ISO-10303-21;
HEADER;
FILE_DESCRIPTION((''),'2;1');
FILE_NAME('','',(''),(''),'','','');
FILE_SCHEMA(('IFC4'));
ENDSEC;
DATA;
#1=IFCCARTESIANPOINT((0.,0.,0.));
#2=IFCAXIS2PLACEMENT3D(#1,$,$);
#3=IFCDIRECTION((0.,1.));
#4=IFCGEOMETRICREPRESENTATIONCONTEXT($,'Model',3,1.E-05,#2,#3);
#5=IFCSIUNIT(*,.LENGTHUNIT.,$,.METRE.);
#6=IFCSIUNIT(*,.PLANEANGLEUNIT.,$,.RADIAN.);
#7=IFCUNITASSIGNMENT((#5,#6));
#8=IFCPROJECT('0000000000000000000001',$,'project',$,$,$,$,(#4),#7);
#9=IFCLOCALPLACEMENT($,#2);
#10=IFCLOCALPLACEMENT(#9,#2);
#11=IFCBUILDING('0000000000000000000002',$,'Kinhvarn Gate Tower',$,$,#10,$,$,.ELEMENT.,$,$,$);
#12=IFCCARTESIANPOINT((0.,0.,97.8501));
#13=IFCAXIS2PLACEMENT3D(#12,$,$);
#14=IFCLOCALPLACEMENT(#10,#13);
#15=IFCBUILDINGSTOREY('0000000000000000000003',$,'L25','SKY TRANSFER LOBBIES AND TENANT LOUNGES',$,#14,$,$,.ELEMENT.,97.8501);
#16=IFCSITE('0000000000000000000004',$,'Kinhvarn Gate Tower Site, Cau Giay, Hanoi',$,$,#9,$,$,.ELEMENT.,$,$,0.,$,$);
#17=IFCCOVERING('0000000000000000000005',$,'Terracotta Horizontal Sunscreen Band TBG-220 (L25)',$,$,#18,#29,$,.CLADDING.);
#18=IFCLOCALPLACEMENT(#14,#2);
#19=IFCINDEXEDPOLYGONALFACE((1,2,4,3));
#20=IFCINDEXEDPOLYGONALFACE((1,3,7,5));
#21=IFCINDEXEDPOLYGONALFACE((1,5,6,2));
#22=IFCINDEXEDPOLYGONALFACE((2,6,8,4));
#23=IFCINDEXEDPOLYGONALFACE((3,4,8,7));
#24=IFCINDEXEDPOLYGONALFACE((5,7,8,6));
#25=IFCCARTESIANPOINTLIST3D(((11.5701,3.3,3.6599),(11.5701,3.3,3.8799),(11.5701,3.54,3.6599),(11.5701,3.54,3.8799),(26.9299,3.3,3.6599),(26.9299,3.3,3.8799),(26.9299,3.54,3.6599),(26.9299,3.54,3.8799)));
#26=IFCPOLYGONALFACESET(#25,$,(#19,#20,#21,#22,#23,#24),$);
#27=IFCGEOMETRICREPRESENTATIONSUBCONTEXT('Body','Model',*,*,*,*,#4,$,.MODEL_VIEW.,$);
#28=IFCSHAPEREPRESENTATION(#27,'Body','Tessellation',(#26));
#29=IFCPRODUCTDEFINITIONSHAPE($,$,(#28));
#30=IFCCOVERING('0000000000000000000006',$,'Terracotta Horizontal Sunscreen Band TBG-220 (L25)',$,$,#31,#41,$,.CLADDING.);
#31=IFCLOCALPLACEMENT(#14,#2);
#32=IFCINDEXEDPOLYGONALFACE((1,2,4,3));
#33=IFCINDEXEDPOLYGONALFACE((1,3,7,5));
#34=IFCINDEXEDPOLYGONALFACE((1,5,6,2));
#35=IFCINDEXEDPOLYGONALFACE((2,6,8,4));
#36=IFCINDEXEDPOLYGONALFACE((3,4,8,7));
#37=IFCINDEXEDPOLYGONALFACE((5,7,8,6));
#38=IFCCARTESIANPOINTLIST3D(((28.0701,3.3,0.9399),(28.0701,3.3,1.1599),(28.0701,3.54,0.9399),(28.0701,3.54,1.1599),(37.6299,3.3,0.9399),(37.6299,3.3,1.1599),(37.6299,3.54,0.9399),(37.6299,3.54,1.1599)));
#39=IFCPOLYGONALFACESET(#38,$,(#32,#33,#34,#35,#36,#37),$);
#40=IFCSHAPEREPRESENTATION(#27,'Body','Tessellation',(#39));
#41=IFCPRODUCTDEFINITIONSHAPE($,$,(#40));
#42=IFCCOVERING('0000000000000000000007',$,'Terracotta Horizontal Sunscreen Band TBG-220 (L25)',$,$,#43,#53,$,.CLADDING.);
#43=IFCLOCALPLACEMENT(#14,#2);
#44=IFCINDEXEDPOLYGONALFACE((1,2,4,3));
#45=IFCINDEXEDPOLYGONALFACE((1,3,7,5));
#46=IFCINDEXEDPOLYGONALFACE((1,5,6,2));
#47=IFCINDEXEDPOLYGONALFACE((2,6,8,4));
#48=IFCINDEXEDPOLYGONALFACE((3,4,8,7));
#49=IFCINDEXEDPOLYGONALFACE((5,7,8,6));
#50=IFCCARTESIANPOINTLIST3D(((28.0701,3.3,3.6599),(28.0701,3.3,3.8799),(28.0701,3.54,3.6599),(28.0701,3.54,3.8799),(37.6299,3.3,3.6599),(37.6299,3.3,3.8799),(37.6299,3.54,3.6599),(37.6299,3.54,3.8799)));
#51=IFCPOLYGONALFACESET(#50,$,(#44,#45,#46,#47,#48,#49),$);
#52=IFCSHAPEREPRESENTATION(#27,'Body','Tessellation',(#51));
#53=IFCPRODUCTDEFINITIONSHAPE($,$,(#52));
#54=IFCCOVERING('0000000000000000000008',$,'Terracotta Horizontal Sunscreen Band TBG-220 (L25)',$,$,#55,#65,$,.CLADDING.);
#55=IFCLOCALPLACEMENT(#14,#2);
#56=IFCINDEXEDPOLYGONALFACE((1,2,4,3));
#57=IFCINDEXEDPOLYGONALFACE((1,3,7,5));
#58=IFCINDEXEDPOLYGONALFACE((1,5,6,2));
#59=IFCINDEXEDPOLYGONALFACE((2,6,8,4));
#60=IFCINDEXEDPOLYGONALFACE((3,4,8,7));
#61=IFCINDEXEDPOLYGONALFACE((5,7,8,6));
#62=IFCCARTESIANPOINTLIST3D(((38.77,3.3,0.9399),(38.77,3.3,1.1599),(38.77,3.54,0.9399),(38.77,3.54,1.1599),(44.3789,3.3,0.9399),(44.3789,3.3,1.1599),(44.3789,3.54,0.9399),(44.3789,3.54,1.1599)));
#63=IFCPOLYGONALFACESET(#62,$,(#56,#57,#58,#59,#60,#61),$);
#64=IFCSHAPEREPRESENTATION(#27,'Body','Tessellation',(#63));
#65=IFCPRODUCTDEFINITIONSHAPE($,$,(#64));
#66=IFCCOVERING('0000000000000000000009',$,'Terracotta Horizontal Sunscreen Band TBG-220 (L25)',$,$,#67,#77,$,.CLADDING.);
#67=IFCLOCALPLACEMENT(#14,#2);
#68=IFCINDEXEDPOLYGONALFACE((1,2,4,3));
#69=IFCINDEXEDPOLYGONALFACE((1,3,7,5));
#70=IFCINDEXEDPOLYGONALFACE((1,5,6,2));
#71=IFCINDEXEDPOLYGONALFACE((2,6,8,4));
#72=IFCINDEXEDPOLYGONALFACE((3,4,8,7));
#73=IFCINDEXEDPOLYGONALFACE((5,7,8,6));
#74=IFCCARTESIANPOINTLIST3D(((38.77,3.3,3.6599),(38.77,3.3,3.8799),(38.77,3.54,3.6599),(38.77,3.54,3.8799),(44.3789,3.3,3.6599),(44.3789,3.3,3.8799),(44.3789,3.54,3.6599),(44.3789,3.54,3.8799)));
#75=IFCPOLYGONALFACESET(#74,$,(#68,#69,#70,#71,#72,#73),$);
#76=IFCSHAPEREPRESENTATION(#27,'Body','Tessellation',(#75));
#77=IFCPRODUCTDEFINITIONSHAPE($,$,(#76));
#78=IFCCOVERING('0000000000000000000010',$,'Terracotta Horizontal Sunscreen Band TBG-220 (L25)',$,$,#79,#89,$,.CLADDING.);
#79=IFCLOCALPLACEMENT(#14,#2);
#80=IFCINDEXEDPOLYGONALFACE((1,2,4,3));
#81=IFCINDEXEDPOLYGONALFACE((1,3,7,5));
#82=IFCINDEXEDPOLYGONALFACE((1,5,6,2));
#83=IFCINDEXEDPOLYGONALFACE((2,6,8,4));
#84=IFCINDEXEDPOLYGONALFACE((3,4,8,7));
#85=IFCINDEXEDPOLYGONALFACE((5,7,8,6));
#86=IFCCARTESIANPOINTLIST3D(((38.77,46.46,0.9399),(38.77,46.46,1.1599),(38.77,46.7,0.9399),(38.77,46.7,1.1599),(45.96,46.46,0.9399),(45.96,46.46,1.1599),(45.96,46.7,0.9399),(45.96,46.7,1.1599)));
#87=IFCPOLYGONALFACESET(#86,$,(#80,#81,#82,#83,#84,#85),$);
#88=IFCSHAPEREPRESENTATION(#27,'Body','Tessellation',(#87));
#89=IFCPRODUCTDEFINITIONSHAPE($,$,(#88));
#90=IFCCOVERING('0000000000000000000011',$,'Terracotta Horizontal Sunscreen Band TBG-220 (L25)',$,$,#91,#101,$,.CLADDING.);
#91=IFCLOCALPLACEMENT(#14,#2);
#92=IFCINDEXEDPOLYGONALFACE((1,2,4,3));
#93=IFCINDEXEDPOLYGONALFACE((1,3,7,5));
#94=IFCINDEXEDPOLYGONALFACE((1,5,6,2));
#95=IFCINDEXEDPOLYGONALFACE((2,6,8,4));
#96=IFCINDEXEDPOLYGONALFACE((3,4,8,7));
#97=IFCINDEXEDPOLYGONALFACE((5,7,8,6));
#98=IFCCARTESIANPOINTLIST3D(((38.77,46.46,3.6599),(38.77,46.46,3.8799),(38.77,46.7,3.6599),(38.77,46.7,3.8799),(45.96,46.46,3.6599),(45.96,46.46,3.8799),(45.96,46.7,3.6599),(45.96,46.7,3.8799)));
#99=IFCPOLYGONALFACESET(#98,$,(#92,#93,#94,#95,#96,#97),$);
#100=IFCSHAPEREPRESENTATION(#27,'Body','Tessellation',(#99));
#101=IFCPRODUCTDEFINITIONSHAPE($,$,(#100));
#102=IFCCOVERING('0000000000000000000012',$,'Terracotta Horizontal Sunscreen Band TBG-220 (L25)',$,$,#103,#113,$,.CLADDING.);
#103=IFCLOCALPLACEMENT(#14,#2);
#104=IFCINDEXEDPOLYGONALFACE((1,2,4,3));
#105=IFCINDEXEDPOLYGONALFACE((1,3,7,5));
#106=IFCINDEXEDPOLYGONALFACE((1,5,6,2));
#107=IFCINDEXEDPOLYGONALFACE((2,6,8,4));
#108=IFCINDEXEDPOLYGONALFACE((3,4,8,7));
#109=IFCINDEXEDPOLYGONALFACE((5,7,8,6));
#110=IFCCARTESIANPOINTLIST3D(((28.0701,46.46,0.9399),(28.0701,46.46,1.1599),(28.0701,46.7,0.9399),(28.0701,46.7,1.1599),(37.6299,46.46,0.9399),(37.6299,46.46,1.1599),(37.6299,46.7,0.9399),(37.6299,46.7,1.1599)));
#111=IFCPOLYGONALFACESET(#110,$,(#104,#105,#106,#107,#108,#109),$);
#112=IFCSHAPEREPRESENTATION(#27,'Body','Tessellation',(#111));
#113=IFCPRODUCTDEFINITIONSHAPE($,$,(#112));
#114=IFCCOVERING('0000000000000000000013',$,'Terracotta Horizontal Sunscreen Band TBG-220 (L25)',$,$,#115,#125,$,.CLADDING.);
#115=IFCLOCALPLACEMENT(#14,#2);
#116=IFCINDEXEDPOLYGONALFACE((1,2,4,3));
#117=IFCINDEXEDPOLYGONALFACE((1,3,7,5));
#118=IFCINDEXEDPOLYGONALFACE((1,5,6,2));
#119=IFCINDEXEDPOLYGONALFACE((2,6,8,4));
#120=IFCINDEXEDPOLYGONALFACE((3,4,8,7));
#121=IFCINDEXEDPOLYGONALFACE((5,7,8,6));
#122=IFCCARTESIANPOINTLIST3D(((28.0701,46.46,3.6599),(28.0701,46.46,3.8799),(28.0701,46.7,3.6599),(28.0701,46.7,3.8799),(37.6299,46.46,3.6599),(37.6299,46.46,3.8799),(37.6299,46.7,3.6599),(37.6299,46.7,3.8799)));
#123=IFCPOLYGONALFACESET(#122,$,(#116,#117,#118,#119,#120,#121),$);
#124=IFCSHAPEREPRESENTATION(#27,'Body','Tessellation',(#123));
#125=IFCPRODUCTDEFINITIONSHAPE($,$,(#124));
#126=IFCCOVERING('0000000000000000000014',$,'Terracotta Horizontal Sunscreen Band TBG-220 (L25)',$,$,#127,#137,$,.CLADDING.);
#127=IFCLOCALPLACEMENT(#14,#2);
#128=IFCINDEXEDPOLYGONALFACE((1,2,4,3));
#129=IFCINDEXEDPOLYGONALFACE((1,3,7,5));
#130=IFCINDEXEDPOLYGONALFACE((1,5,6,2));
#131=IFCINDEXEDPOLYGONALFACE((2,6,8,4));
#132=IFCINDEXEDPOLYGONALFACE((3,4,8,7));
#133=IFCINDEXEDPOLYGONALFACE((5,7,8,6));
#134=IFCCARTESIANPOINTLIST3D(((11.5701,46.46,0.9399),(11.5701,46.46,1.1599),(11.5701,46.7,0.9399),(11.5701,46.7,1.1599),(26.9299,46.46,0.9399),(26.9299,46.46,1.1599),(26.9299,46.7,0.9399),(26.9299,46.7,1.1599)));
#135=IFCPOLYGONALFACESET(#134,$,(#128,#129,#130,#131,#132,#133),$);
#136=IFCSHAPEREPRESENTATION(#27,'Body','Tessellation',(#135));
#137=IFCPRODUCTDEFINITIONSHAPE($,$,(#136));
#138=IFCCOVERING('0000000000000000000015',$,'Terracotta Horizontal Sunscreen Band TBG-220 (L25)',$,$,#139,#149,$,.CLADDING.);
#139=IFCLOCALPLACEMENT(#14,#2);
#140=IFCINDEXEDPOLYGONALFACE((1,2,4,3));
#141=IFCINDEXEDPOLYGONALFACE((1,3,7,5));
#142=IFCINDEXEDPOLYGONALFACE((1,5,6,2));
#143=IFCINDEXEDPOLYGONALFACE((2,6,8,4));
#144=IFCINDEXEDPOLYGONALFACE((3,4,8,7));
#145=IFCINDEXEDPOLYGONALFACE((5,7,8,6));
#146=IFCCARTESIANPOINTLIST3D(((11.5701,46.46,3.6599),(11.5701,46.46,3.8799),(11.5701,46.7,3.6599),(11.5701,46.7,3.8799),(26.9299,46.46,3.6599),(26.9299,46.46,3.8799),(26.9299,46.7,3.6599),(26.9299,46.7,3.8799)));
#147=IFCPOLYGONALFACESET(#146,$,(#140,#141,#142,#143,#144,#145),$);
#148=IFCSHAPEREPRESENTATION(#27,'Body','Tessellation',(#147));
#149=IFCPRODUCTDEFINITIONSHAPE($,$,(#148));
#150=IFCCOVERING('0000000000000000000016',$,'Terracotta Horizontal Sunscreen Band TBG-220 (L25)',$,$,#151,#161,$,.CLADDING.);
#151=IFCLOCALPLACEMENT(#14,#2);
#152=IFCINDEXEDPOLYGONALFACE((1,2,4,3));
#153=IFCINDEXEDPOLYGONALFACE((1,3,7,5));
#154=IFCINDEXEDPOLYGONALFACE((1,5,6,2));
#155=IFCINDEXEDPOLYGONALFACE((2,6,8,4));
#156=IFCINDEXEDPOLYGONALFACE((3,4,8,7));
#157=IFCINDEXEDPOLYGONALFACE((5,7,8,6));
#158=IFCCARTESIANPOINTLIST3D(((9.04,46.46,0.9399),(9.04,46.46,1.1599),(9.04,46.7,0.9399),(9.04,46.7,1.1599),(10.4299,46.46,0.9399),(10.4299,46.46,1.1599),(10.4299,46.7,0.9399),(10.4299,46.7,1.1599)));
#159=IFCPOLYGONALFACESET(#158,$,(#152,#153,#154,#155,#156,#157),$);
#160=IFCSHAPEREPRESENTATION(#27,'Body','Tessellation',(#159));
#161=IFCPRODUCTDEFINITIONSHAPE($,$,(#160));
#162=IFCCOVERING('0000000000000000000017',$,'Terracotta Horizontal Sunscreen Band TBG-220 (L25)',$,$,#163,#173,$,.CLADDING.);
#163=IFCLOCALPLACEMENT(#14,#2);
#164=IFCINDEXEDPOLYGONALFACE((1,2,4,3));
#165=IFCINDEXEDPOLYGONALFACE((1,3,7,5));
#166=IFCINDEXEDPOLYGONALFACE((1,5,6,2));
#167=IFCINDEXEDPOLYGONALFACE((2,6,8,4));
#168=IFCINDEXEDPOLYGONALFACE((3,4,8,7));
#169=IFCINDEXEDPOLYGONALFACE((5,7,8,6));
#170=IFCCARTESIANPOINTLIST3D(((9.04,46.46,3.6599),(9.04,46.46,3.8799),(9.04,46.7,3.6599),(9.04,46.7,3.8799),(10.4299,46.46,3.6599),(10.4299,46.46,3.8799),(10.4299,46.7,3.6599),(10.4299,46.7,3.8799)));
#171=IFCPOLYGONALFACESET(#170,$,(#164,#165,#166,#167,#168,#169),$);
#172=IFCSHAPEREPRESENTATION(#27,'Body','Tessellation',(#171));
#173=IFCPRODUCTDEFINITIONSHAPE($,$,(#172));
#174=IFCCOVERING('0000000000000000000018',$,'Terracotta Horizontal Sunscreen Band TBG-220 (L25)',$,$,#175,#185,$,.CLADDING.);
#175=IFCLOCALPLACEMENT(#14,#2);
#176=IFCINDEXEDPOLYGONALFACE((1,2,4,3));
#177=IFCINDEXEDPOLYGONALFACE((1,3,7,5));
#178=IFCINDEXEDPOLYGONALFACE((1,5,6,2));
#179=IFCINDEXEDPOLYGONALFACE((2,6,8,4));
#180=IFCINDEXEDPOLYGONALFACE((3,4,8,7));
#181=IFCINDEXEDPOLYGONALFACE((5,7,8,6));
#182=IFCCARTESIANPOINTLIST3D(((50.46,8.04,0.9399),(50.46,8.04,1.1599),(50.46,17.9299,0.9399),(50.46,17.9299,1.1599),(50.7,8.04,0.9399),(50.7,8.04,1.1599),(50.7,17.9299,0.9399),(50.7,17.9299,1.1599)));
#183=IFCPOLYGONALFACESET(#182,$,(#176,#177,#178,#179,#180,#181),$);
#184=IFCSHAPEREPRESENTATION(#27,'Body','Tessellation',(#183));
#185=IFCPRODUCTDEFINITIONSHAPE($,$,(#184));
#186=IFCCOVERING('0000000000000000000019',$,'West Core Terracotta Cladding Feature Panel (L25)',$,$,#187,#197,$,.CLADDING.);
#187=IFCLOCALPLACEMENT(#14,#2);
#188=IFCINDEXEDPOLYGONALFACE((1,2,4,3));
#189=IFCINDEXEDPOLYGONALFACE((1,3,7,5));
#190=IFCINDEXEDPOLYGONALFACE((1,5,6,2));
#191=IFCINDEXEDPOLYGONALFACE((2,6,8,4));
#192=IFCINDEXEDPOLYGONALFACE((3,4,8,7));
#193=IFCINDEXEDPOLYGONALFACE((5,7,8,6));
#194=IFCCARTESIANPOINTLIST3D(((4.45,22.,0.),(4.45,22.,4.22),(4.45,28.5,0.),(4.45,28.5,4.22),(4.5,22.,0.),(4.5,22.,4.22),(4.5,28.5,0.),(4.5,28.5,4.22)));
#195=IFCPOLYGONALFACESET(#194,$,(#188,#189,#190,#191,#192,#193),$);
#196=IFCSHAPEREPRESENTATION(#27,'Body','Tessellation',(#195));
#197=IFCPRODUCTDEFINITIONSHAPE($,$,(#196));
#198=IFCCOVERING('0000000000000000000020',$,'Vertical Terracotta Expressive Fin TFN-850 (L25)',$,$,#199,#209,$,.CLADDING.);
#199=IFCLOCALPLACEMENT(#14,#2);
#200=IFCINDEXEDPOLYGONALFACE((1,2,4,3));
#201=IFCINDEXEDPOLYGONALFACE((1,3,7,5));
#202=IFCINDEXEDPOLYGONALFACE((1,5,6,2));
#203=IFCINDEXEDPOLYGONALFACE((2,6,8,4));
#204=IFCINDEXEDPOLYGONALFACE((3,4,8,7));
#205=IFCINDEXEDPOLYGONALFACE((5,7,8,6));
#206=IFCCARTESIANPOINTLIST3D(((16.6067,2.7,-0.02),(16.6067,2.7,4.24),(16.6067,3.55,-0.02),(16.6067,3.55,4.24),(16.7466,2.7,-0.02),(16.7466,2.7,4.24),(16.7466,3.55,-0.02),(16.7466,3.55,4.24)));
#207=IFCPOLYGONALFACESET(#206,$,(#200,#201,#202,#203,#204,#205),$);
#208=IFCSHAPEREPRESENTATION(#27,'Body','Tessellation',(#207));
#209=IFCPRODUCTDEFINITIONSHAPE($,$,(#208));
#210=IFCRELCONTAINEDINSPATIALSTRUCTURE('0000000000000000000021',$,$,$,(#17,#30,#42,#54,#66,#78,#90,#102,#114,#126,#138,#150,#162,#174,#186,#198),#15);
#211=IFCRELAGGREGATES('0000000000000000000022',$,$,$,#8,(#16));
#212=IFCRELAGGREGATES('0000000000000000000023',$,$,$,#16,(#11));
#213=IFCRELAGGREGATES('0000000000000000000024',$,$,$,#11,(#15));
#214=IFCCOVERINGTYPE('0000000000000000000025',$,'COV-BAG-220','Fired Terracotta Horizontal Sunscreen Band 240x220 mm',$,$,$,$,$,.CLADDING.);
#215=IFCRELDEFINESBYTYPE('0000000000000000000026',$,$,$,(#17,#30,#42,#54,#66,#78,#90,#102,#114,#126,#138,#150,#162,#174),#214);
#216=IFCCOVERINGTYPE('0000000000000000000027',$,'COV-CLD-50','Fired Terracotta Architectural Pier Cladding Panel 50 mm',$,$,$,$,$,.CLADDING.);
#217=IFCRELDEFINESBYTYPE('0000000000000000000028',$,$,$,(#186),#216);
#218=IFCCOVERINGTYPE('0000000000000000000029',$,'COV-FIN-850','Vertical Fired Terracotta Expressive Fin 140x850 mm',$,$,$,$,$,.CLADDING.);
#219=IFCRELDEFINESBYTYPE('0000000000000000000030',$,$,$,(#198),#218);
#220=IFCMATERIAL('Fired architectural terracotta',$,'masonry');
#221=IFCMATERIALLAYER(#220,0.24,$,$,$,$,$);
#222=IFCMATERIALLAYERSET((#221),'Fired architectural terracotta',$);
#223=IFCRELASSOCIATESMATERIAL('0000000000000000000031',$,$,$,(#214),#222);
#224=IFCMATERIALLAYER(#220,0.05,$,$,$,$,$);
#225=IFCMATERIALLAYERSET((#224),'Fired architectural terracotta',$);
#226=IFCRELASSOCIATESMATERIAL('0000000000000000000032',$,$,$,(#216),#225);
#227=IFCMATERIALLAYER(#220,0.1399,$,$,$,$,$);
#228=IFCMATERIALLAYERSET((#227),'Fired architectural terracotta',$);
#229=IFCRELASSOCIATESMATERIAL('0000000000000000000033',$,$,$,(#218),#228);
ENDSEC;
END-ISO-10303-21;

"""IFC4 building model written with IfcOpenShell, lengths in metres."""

from ifc_helpers import new_model, si_unit, direction, frame, origin, place, context, subcontext, project, spatial, polyline, outline, extrude, material, layer, layer_set, type_object, element, save


model = new_model("IFC4")

# Units and contexts
model_context = context("Model", 3, precision=1e-05, world=origin(), true_north=direction((0.0, 1.0)))
body_context = subcontext(model_context, "Body", "Model", "MODEL_VIEW")
ifc_project = project(units=[si_unit("LENGTHUNIT", "METRE"), si_unit("PLANEANGLEUNIT", "RADIAN")], contexts=[model_context])

# Site, building, storey
site_placement = place(None, origin())
site = spatial("IfcSite", under=ifc_project, at=site_placement, Name="Kinhvarn Gate Tower Site, Cau Giay, Hanoi", CompositionType="ELEMENT", RefElevation=0.0)
building_placement = place(site_placement, origin())
building = spatial("IfcBuilding", under=site, at=building_placement, Name="Kinhvarn Gate Tower", CompositionType="ELEMENT")
storey_placement = place(building_placement, frame((0.0, 0.0, 97.8501)))
storey = spatial("IfcBuildingStorey", under=building, at=storey_placement, Name="L25", Description="SKY TRANSFER LOBBIES AND TENANT LOUNGES", CompositionType="ELEMENT", Elevation=97.8501)

# Coverings
ifc_material_1 = material(Name="Fired architectural terracotta", Category="masonry")
ifc_layer_1 = layer(ifc_material_1, 0.24)
ifc_layer_set_1 = layer_set([ifc_layer_1], Name="Fired architectural terracotta")
covering_type_1 = type_object("IfcCoveringType", Name="COV-BAG-220", Description="Fired Terracotta Horizontal Sunscreen Band 240x220 mm", PredefinedType="CLADDING", material=ifc_layer_set_1)
for number, where, name in (
    (1, (0.0, 0.0, 3.6599), "Terracotta Horizontal Sunscreen Band TBG-220 (L25)"),
):
    element("IfcCovering", number, at=place(storey_placement, frame(where)), inside=storey, type_object=covering_type_1, Name=name, PredefinedType="CLADDING", context=body_context, shape_type="SweptSolid", body=[
        extrude(outline(polyline([(11.5701, 3.54), (26.9299, 3.54), (26.9299, 3.3), (11.5701, 3.3), (11.5701, 3.54)])), origin(), (0.0, 0.0, 1.0), 0.22),
    ])
for number, where, name in (
    (2, (0.0, 0.0, 0.9399), "Terracotta Horizontal Sunscreen Band TBG-220 (L25)"),
    (3, (0.0, 0.0, 3.6599), "Terracotta Horizontal Sunscreen Band TBG-220 (L25)"),
):
    element("IfcCovering", number, at=place(storey_placement, frame(where)), inside=storey, type_object=covering_type_1, Name=name, PredefinedType="CLADDING", context=body_context, shape_type="SweptSolid", body=[
        extrude(outline(polyline([(28.0701, 3.54), (37.6299, 3.54), (37.6299, 3.3), (28.0701, 3.3), (28.0701, 3.54)])), origin(), (0.0, 0.0, 1.0), 0.22),
    ])
for number, where, name in (
    (4, (0.0, 0.0, 0.9399), "Terracotta Horizontal Sunscreen Band TBG-220 (L25)"),
    (5, (0.0, 0.0, 3.6599), "Terracotta Horizontal Sunscreen Band TBG-220 (L25)"),
):
    element("IfcCovering", number, at=place(storey_placement, frame(where)), inside=storey, type_object=covering_type_1, Name=name, PredefinedType="CLADDING", context=body_context, shape_type="SweptSolid", body=[
        extrude(outline(polyline([(38.77, 3.54), (44.3789, 3.54), (44.3789, 3.3), (38.77, 3.3), (38.77, 3.54)])), origin(), (0.0, 0.0, 1.0), 0.22),
    ])
for number, where, name in (
    (6, (0.0, 0.0, 0.9399), "Terracotta Horizontal Sunscreen Band TBG-220 (L25)"),
    (7, (0.0, 0.0, 3.6599), "Terracotta Horizontal Sunscreen Band TBG-220 (L25)"),
):
    element("IfcCovering", number, at=place(storey_placement, frame(where)), inside=storey, type_object=covering_type_1, Name=name, PredefinedType="CLADDING", context=body_context, shape_type="SweptSolid", body=[
        extrude(outline(polyline([(45.96, 46.46), (38.77, 46.46), (38.77, 46.7), (45.96, 46.7), (45.96, 46.46)])), origin(), (0.0, 0.0, 1.0), 0.22),
    ])
for number, where, name in (
    (8, (0.0, 0.0, 0.9399), "Terracotta Horizontal Sunscreen Band TBG-220 (L25)"),
    (9, (0.0, 0.0, 3.6599), "Terracotta Horizontal Sunscreen Band TBG-220 (L25)"),
):
    element("IfcCovering", number, at=place(storey_placement, frame(where)), inside=storey, type_object=covering_type_1, Name=name, PredefinedType="CLADDING", context=body_context, shape_type="SweptSolid", body=[
        extrude(outline(polyline([(37.6299, 46.46), (28.0701, 46.46), (28.0701, 46.7), (37.6299, 46.7), (37.6299, 46.46)])), origin(), (0.0, 0.0, 1.0), 0.22),
    ])
for number, where, name in (
    (10, (0.0, 0.0, 0.9399), "Terracotta Horizontal Sunscreen Band TBG-220 (L25)"),
    (11, (0.0, 0.0, 3.6599), "Terracotta Horizontal Sunscreen Band TBG-220 (L25)"),
):
    element("IfcCovering", number, at=place(storey_placement, frame(where)), inside=storey, type_object=covering_type_1, Name=name, PredefinedType="CLADDING", context=body_context, shape_type="SweptSolid", body=[
        extrude(outline(polyline([(26.9299, 46.46), (11.5701, 46.46), (11.5701, 46.7), (26.9299, 46.7), (26.9299, 46.46)])), origin(), (0.0, 0.0, 1.0), 0.22),
    ])
for number, where, name in (
    (12, (0.0, 0.0, 0.9399), "Terracotta Horizontal Sunscreen Band TBG-220 (L25)"),
    (13, (0.0, 0.0, 3.6599), "Terracotta Horizontal Sunscreen Band TBG-220 (L25)"),
):
    element("IfcCovering", number, at=place(storey_placement, frame(where)), inside=storey, type_object=covering_type_1, Name=name, PredefinedType="CLADDING", context=body_context, shape_type="SweptSolid", body=[
        extrude(outline(polyline([(10.4299, 46.46), (9.04, 46.46), (9.04, 46.7), (10.4299, 46.7), (10.4299, 46.46)])), origin(), (0.0, 0.0, 1.0), 0.22),
    ])
covering_1_placement = place(storey_placement, frame((0.0, 0.0, 0.9399)))
element("IfcCovering", 14, at=covering_1_placement, inside=storey, type_object=covering_type_1, Name="Terracotta Horizontal Sunscreen Band TBG-220 (L25)", PredefinedType="CLADDING", context=body_context, shape_type="SweptSolid", body=[
    extrude(outline(polyline([(50.46, 8.04), (50.46, 17.9299), (50.7, 17.9299), (50.7, 8.04), (50.46, 8.04)])), origin(), (0.0, 0.0, 1.0), 0.22),
])
ifc_layer_2 = layer(ifc_material_1, 0.05)
ifc_layer_set_2 = layer_set([ifc_layer_2], Name="Fired architectural terracotta")
covering_type_2 = type_object("IfcCoveringType", Name="COV-CLD-50", Description="Fired Terracotta Architectural Pier Cladding Panel 50 mm", PredefinedType="CLADDING", material=ifc_layer_set_2)
covering_2_placement = place(storey_placement, origin())
element("IfcCovering", 15, at=covering_2_placement, inside=storey, type_object=covering_type_2, Name="West Core Terracotta Cladding Feature Panel (L25)", PredefinedType="CLADDING", context=body_context, shape_type="SweptSolid", body=[
    extrude(outline(polyline([(4.45, 22.0), (4.5, 22.0), (4.5, 28.5), (4.45, 28.5), (4.45, 22.0)])), origin(), (0.0, 0.0, 1.0), 4.22),
])
ifc_layer_3 = layer(ifc_material_1, 0.1399)
ifc_layer_set_3 = layer_set([ifc_layer_3], Name="Fired architectural terracotta")
covering_type_3 = type_object("IfcCoveringType", Name="COV-FIN-850", Description="Vertical Fired Terracotta Expressive Fin 140x850 mm", PredefinedType="CLADDING", material=ifc_layer_set_3)
covering_3_placement = place(storey_placement, frame((0.0, 0.0, -0.02)))
element("IfcCovering", 16, at=covering_3_placement, inside=storey, type_object=covering_type_3, Name="Vertical Terracotta Expressive Fin TFN-850 (L25)", PredefinedType="CLADDING", context=body_context, shape_type="SweptSolid", body=[
    extrude(outline(polyline([(16.6067, 3.55), (16.7466, 3.55), (16.7466, 2.7), (16.6067, 2.7), (16.6067, 3.55)])), origin(), (0.0, 0.0, 1.0), 4.26),
])

save(model, "model.ifc")
